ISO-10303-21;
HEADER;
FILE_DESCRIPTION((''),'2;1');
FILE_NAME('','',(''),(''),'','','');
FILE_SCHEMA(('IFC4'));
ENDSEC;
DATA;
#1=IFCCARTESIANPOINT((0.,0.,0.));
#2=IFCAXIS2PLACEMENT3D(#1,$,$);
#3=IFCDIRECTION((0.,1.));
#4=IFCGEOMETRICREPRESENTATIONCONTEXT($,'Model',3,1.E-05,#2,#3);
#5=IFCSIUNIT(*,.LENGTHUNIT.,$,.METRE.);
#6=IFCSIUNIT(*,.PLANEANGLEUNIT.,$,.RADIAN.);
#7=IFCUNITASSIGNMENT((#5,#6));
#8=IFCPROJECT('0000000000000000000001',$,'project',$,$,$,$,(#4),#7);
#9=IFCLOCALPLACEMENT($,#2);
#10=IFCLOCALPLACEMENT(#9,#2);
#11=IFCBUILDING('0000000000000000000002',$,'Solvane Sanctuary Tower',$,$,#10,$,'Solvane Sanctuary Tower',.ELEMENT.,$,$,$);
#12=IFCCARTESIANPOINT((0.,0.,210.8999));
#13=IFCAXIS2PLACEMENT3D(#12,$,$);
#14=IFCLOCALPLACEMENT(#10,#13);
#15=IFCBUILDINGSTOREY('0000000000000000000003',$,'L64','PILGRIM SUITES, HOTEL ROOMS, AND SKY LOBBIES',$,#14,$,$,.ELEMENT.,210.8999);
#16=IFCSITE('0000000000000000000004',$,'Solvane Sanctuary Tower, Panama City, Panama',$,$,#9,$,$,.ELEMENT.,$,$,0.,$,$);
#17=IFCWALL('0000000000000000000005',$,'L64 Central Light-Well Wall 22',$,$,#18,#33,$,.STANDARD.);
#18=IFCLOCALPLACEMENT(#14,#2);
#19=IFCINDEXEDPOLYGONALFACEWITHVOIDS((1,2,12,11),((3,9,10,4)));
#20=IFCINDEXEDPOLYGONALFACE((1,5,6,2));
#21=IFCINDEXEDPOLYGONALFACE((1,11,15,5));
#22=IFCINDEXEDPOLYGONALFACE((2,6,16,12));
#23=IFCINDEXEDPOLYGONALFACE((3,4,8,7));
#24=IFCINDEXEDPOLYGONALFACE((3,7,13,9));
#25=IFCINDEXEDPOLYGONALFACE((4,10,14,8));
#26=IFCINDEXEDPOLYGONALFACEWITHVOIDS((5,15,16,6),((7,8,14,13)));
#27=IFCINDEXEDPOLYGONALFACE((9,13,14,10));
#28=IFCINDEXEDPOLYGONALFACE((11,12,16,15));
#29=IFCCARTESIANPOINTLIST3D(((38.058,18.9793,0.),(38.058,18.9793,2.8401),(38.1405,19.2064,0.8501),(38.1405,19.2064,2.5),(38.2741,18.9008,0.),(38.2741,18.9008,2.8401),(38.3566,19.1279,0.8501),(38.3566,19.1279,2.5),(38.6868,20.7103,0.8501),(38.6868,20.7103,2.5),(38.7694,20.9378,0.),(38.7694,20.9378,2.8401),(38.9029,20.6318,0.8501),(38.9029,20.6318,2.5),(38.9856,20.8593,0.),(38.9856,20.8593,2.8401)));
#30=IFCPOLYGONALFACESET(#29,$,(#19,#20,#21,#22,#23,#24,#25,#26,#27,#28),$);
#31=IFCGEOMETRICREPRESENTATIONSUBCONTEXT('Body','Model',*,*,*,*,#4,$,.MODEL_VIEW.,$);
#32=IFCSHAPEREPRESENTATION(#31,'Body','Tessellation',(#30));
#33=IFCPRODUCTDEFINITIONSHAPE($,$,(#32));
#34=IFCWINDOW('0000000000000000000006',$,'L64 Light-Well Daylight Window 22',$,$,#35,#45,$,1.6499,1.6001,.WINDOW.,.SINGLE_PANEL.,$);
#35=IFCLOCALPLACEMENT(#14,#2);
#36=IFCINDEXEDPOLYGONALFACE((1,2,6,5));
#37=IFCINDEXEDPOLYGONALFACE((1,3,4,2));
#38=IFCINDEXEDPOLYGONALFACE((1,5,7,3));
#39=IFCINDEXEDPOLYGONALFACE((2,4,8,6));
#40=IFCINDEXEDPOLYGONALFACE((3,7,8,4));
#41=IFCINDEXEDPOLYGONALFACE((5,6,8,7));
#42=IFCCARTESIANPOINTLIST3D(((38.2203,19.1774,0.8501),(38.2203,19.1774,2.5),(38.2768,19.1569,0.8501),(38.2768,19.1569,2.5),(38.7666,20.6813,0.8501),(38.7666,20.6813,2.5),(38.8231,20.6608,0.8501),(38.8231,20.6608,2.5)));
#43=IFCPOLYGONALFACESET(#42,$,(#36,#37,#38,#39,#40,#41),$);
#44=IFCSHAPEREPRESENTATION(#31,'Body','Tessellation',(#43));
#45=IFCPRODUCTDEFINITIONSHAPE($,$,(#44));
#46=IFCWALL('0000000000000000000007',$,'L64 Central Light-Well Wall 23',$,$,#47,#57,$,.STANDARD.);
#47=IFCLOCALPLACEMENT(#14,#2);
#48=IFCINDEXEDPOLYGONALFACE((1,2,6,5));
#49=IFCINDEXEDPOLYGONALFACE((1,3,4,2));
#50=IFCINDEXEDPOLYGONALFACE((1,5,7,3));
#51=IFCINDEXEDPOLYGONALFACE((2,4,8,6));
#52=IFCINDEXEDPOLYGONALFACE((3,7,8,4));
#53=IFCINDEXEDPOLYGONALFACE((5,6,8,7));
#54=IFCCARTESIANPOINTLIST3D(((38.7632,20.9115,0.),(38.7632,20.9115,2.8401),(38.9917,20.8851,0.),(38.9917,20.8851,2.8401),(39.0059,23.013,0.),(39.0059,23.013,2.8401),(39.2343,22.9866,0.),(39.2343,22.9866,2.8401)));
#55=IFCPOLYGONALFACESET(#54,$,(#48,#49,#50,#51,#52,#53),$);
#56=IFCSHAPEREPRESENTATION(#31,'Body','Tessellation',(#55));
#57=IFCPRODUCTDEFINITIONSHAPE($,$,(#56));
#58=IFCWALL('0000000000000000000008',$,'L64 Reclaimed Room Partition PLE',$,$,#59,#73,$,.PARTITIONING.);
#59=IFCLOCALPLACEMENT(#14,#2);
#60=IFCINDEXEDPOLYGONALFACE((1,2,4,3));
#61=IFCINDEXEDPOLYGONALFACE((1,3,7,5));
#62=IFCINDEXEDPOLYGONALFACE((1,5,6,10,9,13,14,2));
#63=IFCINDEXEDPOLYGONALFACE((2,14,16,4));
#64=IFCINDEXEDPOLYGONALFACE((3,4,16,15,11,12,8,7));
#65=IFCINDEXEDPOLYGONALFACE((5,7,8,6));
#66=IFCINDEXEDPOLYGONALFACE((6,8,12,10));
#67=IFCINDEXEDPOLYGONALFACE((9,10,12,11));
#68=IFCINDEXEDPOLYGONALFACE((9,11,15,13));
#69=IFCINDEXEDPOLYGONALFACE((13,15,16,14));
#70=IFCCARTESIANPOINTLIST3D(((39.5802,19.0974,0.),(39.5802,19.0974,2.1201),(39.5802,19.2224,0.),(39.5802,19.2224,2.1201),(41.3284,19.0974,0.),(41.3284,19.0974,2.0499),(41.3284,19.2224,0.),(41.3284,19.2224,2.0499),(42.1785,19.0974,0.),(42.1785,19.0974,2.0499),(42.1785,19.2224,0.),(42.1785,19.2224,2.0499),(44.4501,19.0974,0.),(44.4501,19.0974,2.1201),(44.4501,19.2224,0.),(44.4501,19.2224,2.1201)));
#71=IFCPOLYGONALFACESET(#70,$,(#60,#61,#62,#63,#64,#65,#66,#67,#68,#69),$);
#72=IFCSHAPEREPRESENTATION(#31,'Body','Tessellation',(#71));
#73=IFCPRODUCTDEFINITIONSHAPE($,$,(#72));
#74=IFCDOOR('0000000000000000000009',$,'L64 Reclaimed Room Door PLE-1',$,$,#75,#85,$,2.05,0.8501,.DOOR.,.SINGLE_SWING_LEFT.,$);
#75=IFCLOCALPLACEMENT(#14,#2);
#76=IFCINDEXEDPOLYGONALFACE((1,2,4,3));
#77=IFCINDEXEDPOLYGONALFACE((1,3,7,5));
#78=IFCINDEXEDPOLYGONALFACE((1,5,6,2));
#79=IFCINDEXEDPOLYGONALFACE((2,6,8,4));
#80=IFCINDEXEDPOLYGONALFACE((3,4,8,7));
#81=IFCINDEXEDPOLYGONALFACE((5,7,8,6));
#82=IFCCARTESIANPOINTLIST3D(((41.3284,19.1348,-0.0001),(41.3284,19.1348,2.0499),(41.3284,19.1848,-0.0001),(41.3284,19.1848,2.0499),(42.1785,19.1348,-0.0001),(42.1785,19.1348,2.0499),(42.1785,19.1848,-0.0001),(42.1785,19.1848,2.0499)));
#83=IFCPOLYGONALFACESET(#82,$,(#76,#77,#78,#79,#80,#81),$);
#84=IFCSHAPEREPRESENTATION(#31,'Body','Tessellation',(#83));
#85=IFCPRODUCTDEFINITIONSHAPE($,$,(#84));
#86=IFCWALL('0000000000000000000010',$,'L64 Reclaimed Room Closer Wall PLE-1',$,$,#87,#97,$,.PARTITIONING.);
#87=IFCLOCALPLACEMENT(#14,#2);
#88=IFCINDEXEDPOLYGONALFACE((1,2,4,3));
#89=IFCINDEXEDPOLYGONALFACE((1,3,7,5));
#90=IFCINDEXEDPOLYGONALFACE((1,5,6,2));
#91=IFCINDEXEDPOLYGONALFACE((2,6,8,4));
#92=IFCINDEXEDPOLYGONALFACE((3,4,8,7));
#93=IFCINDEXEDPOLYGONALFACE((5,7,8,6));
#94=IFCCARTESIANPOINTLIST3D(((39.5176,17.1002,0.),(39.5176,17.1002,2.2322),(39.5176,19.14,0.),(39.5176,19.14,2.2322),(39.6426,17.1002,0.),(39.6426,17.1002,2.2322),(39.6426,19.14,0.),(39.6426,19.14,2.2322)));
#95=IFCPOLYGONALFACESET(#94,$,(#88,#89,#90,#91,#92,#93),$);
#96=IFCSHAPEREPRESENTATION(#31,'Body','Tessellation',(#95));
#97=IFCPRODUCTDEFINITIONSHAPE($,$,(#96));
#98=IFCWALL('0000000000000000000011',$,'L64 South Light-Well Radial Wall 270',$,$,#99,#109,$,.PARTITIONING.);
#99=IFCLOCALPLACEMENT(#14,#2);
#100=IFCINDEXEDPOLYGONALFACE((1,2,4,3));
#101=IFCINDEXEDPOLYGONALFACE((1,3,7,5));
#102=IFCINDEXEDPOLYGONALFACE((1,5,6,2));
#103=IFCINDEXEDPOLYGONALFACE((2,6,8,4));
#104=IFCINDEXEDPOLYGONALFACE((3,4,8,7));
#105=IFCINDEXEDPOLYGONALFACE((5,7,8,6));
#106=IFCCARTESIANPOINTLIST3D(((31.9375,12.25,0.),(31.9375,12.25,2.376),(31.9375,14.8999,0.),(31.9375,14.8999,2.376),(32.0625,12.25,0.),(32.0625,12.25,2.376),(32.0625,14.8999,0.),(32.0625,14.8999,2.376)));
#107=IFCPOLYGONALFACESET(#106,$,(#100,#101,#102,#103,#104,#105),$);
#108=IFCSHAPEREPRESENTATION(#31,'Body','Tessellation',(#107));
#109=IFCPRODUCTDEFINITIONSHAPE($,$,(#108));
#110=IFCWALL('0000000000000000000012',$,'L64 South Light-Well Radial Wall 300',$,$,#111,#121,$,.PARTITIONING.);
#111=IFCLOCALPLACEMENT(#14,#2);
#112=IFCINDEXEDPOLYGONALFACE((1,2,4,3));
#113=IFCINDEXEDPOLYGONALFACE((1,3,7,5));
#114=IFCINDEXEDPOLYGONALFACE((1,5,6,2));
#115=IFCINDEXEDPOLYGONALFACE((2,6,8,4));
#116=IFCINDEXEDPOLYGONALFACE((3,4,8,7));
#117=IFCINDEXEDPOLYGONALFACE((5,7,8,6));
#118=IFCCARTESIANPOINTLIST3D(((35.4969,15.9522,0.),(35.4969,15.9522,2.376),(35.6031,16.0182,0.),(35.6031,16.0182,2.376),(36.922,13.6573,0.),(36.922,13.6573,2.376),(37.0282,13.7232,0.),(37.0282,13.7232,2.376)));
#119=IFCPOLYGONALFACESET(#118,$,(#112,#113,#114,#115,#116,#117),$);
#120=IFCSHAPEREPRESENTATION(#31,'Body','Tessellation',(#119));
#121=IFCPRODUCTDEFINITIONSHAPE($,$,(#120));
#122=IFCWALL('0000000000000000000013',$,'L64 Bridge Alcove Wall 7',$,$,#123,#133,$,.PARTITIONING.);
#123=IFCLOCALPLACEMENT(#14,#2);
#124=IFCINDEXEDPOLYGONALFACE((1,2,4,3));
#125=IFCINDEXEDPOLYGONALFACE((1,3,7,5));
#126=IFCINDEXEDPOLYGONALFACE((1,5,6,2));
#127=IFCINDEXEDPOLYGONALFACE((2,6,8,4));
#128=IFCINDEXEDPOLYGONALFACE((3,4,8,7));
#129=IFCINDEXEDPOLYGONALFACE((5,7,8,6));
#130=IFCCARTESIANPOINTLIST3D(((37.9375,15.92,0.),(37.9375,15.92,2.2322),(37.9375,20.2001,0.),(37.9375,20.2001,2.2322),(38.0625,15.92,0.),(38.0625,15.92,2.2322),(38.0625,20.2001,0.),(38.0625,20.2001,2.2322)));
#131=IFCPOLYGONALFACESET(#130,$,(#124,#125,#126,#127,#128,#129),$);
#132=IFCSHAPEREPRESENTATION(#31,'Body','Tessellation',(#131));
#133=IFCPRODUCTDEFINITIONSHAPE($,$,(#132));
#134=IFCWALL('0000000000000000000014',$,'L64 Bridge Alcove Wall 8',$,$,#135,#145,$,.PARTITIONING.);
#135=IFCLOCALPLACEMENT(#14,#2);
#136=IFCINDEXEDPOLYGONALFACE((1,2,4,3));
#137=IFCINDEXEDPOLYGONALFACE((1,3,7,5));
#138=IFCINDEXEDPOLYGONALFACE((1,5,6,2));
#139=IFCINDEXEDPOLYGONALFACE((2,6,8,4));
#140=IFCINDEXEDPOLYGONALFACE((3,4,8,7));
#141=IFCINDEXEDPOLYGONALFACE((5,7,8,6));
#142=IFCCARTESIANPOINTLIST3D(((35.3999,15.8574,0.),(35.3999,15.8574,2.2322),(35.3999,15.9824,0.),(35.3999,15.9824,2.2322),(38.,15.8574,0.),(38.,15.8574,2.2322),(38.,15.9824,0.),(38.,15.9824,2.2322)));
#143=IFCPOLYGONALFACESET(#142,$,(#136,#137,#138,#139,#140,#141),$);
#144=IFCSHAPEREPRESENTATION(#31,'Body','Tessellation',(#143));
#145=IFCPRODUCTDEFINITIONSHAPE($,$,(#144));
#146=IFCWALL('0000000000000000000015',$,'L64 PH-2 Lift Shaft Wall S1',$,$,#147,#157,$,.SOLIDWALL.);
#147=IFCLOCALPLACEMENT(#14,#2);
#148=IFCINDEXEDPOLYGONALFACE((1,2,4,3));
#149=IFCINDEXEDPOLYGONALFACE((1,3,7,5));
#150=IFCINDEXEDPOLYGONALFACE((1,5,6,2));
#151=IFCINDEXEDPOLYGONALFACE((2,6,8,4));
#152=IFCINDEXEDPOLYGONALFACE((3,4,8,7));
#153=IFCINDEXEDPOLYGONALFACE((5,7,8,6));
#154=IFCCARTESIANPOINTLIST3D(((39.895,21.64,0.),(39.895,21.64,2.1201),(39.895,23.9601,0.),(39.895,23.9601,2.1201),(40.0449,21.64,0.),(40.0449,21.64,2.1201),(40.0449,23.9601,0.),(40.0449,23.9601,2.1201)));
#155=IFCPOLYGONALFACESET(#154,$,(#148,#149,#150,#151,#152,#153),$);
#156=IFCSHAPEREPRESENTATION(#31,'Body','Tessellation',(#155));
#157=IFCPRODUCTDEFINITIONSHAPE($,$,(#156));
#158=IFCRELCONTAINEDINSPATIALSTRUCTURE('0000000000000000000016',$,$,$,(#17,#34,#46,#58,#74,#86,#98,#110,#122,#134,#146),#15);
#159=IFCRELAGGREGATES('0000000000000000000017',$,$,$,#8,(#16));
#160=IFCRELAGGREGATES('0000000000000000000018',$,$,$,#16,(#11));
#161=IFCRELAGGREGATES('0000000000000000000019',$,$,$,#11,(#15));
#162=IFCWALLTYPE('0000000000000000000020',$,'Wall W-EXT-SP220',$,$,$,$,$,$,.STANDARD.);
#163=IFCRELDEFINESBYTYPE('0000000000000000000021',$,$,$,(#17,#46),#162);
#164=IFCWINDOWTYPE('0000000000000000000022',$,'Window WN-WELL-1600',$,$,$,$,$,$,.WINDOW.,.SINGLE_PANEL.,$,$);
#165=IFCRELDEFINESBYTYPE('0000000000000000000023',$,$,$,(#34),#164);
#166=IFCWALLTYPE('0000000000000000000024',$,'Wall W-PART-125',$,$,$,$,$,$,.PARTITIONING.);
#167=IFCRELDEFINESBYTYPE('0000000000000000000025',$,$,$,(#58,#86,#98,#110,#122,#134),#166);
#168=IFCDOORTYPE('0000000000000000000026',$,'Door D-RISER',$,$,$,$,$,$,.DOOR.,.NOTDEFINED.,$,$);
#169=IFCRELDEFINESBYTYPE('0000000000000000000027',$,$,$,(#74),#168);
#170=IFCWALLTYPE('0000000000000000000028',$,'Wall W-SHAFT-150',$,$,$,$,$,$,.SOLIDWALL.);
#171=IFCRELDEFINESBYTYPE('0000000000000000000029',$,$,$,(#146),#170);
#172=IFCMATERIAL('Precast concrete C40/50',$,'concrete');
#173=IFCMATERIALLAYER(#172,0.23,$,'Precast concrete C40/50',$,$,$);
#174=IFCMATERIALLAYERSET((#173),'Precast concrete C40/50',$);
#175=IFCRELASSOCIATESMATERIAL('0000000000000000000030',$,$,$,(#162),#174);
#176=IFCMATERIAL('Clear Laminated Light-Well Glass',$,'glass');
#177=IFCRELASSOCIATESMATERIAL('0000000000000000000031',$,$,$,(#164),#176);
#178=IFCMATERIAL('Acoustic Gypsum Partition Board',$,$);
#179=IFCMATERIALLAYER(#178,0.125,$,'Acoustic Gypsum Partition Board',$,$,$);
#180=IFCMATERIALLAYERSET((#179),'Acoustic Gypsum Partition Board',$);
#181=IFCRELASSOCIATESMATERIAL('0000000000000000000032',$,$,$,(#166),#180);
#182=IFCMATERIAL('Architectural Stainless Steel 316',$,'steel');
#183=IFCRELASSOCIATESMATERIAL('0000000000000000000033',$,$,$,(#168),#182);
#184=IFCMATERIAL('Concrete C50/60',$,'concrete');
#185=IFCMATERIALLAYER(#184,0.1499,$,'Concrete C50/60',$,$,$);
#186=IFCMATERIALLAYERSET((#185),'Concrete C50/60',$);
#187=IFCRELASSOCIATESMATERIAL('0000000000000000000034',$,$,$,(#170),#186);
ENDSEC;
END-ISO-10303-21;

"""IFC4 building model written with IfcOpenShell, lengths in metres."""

from ifc_helpers import new_model, si_unit, direction, frame, frame_2d, origin, place, context, subcontext, project, spatial, rectangle, extrude, material, layer, layer_set, type_object, element, fill, save


model = new_model("IFC4")

# Units and contexts
model_context = context("Model", 3, precision=1e-05, world=origin(), true_north=direction((0.0, 1.0)))
body_context = subcontext(model_context, "Body", "Model", "MODEL_VIEW")
ifc_project = project(units=[si_unit("LENGTHUNIT", "METRE"), si_unit("PLANEANGLEUNIT", "RADIAN")], contexts=[model_context])

# Site, building, storey
site_placement = place(None, origin())
site = spatial("IfcSite", under=ifc_project, at=site_placement, Name="Solvane Sanctuary Tower, Panama City, Panama", CompositionType="ELEMENT", RefElevation=0.0)
building_placement = place(site_placement, origin())
building = spatial("IfcBuilding", under=site, at=building_placement, Name="Solvane Sanctuary Tower", LongName="Solvane Sanctuary Tower", CompositionType="ELEMENT")
storey_placement = place(building_placement, frame((0.0, 0.0, 210.8999)))
storey = spatial("IfcBuildingStorey", under=building, at=storey_placement, Name="L64", Description="PILGRIM SUITES, HOTEL ROOMS, AND SKY LOBBIES", CompositionType="ELEMENT", Elevation=210.8999)

# Shared definitions
ifc_material_1 = material(Name="Concrete C50/60", Category="concrete")

# Shared definitions
ifc_material_2 = material(Name="Precast concrete C40/50", Category="concrete")
ifc_layer_1 = layer(ifc_material_2, 0.23, Name="Precast concrete C40/50")
ifc_layer_set_1 = layer_set([ifc_layer_1], Name="Precast concrete C40/50")
wall_type_1 = type_object("IfcWallType", Name="Wall W-EXT-SP220", PredefinedType="STANDARD", material=ifc_layer_set_1)

# Wall, opening, window
wall_1_placement = place(storey_placement, frame((38.166, 18.9399, 0.0), z_axis=(0.0, 0.0, 1.0), x_axis=(0.341423, 0.93991, 0.0)))
wall_1 = element("IfcWall", 1, at=wall_1_placement, inside=storey, type_object=wall_type_1, Name="L64 Central Light-Well Wall 22", PredefinedType="STANDARD", context=body_context, shape_type="SweptSolid", body=[
    extrude(rectangle(XDim=2.0837, YDim=0.23, at=frame_2d((1.042, 0.0))), origin(), (0.0, 0.0, 1.0), 2.8401),
])
opening_1_placement = place(wall_1_placement, frame((0.2417, 0.0, 0.8501)))
opening_1 = element("IfcOpeningElement", 2, at=opening_1_placement, cuts=wall_1, PredefinedType="OPENING", context=body_context, shape_type="SweptSolid", body=[
    extrude(rectangle(XDim=1.6001, YDim=1.6499, at=frame_2d((0.8, 0.825))), frame((0.0, 0.125, 0.0), z_axis=(0.0, -1.0, 0.0), x_axis=(1.0, 0.0, 0.0)), (0.0, 0.0, 1.0), 0.25),
])
ifc_material_3 = material(Name="Clear Laminated Light-Well Glass", Category="glass")
window_type = type_object("IfcWindowType", Name="Window WN-WELL-1600", PartitioningType="SINGLE_PANEL", PredefinedType="WINDOW", material=ifc_material_3)
window_placement = place(opening_1_placement, origin())
window = element("IfcWindow", 3, at=window_placement, inside=storey, type_object=window_type, Name="L64 Light-Well Daylight Window 22", OverallHeight=1.6499, OverallWidth=1.6001, PartitioningType="SINGLE_PANEL", PredefinedType="WINDOW", context=body_context, shape_type="SweptSolid", body=[
    extrude(rectangle(XDim=1.6001, YDim=1.6499, at=frame_2d((0.8, 0.825))), frame((0.0, 0.03, 0.0), z_axis=(0.0, -1.0, 0.0), x_axis=(1.0, 0.0, 0.0)), (0.0, 0.0, 1.0), 0.0601),
])
fill(opening_1, window)

# Wall
wall_2_placement = place(storey_placement, frame((38.8774, 20.8984, 0.0), z_axis=(0.0, 0.0, 1.0), x_axis=(0.114712, 0.993399, 0.0)))
element("IfcWall", 4, at=wall_2_placement, inside=storey, type_object=wall_type_1, Name="L64 Central Light-Well Wall 23", PredefinedType="STANDARD", context=body_context, shape_type="SweptSolid", body=[
    extrude(rectangle(XDim=2.1155, YDim=0.23, at=frame_2d((1.0576, 0.0))), origin(), (0.0, 0.0, 1.0), 2.8401),
])

# Wall, opening, door
ifc_material_4 = material(Name="Acoustic Gypsum Partition Board")
ifc_layer_2 = layer(ifc_material_4, 0.125, Name="Acoustic Gypsum Partition Board")
ifc_layer_set_2 = layer_set([ifc_layer_2], Name="Acoustic Gypsum Partition Board")
wall_type_2 = type_object("IfcWallType", Name="Wall W-PART-125", PredefinedType="PARTITIONING", material=ifc_layer_set_2)
wall_3_placement = place(storey_placement, frame((39.5801, 19.1599, 0.0), z_axis=(0.0, 0.0, 1.0), x_axis=(1.0, 0.0, 0.0)))
wall_3 = element("IfcWall", 5, at=wall_3_placement, inside=storey, type_object=wall_type_2, Name="L64 Reclaimed Room Partition PLE", PredefinedType="PARTITIONING", context=body_context, shape_type="SweptSolid", body=[
    extrude(rectangle(XDim=4.8699, YDim=0.125, at=frame_2d((2.4351, 0.0))), origin(), (0.0, 0.0, 1.0), 2.1201),
])
opening_2_placement = place(wall_3_placement, frame((1.7483, 0.0, 0.0)))
opening_2 = element("IfcOpeningElement", 6, at=opening_2_placement, cuts=wall_3, PredefinedType="OPENING", context=body_context, shape_type="SweptSolid", body=[
    extrude(rectangle(XDim=0.8501, YDim=2.05, at=frame_2d((0.425, 1.0249))), frame((0.0, 0.0725, 0.0), z_axis=(0.0, -1.0, 0.0), x_axis=(1.0, 0.0, 0.0)), (0.0, 0.0, 1.0), 0.145),
])
ifc_material_5 = material(Name="Architectural Stainless Steel 316", Category="steel")
door_type = type_object("IfcDoorType", Name="Door D-RISER", OperationType="NOTDEFINED", PredefinedType="DOOR", material=ifc_material_5)
door_placement = place(opening_2_placement, origin())
door = element("IfcDoor", 7, at=door_placement, inside=storey, type_object=door_type, Name="L64 Reclaimed Room Door PLE-1", OperationType="SINGLE_SWING_LEFT", OverallHeight=2.05, OverallWidth=0.8501, PredefinedType="DOOR", context=body_context, shape_type="SweptSolid", body=[
    extrude(rectangle(XDim=0.8501, YDim=2.05, at=frame_2d((0.425, 1.0249))), frame((0.0, 0.0249, 0.0), z_axis=(0.0, -1.0, 0.0), x_axis=(1.0, 0.0, 0.0)), (0.0, 0.0, 1.0), 0.05),
])
fill(opening_2, door)

# Walls
wall_4_placement = place(storey_placement, frame((39.5801, 17.1001, 0.0), z_axis=(0.0, 0.0, 1.0), x_axis=(0.0, 1.0, 0.0)))
element("IfcWall", 8, at=wall_4_placement, inside=storey, type_object=wall_type_2, Name="L64 Reclaimed Room Closer Wall PLE-1", PredefinedType="PARTITIONING", context=body_context, shape_type="SweptSolid", body=[
    extrude(rectangle(XDim=2.0398, YDim=0.125, at=frame_2d((1.02, 0.0))), origin(), (0.0, 0.0, 1.0), 2.2322),
])
wall_5_placement = place(storey_placement, frame((32.0, 14.8999, 0.0), z_axis=(0.0, 0.0, 1.0), x_axis=(0.0, -1.0, 0.0)))
element("IfcWall", 9, at=wall_5_placement, inside=storey, type_object=wall_type_2, Name="L64 South Light-Well Radial Wall 270", PredefinedType="PARTITIONING", context=body_context, shape_type="SweptSolid", body=[
    extrude(rectangle(XDim=2.6499, YDim=0.125, at=frame_2d((1.325, 0.0))), origin(), (0.0, 0.0, 1.0), 2.376),
])
wall_6_placement = place(storey_placement, frame((35.55, 15.9851, 0.0), z_axis=(0.0, 0.0, 1.0), x_axis=(0.527527, -0.849538, 0.0)))
element("IfcWall", 10, at=wall_6_placement, inside=storey, type_object=wall_type_2, Name="L64 South Light-Well Radial Wall 300", PredefinedType="PARTITIONING", context=body_context, shape_type="SweptSolid", body=[
    extrude(rectangle(XDim=2.7014, YDim=0.125, at=frame_2d((1.3506, 0.0))), origin(), (0.0, 0.0, 1.0), 2.376),
])
wall_7_placement = place(storey_placement, frame((38.0, 15.9199, 0.0), z_axis=(0.0, 0.0, 1.0), x_axis=(0.0, 1.0, 0.0)))
element("IfcWall", 11, at=wall_7_placement, inside=storey, type_object=wall_type_2, Name="L64 Bridge Alcove Wall 7", PredefinedType="PARTITIONING", context=body_context, shape_type="SweptSolid", body=[
    extrude(rectangle(XDim=4.28, YDim=0.125, at=frame_2d((2.1401, 0.0))), origin(), (0.0, 0.0, 1.0), 2.2322),
])
wall_8_placement = place(storey_placement, frame((35.3999, 15.9199, 0.0), z_axis=(0.0, 0.0, 1.0), x_axis=(1.0, 0.0, 0.0)))
element("IfcWall", 12, at=wall_8_placement, inside=storey, type_object=wall_type_2, Name="L64 Bridge Alcove Wall 8", PredefinedType="PARTITIONING", context=body_context, shape_type="SweptSolid", body=[
    extrude(rectangle(XDim=2.6001, YDim=0.125, at=frame_2d((1.3, 0.0))), origin(), (0.0, 0.0, 1.0), 2.2322),
])
ifc_layer_3 = layer(ifc_material_1, 0.1499, Name="Concrete C50/60")
ifc_layer_set_3 = layer_set([ifc_layer_3], Name="Concrete C50/60")
wall_type_3 = type_object("IfcWallType", Name="Wall W-SHAFT-150", PredefinedType="SOLIDWALL", material=ifc_layer_set_3)
wall_9_placement = place(storey_placement, frame((39.97, 21.6399, 0.0), z_axis=(0.0, 0.0, 1.0), x_axis=(0.0, 1.0, 0.0)))
element("IfcWall", 13, at=wall_9_placement, inside=storey, type_object=wall_type_3, Name="L64 PH-2 Lift Shaft Wall S1", PredefinedType="SOLIDWALL", context=body_context, shape_type="SweptSolid", body=[
    extrude(rectangle(XDim=2.3201, YDim=0.1499, at=frame_2d((1.1602, 0.0))), origin(), (0.0, 0.0, 1.0), 2.1201),
])

save(model, "model.ifc")
